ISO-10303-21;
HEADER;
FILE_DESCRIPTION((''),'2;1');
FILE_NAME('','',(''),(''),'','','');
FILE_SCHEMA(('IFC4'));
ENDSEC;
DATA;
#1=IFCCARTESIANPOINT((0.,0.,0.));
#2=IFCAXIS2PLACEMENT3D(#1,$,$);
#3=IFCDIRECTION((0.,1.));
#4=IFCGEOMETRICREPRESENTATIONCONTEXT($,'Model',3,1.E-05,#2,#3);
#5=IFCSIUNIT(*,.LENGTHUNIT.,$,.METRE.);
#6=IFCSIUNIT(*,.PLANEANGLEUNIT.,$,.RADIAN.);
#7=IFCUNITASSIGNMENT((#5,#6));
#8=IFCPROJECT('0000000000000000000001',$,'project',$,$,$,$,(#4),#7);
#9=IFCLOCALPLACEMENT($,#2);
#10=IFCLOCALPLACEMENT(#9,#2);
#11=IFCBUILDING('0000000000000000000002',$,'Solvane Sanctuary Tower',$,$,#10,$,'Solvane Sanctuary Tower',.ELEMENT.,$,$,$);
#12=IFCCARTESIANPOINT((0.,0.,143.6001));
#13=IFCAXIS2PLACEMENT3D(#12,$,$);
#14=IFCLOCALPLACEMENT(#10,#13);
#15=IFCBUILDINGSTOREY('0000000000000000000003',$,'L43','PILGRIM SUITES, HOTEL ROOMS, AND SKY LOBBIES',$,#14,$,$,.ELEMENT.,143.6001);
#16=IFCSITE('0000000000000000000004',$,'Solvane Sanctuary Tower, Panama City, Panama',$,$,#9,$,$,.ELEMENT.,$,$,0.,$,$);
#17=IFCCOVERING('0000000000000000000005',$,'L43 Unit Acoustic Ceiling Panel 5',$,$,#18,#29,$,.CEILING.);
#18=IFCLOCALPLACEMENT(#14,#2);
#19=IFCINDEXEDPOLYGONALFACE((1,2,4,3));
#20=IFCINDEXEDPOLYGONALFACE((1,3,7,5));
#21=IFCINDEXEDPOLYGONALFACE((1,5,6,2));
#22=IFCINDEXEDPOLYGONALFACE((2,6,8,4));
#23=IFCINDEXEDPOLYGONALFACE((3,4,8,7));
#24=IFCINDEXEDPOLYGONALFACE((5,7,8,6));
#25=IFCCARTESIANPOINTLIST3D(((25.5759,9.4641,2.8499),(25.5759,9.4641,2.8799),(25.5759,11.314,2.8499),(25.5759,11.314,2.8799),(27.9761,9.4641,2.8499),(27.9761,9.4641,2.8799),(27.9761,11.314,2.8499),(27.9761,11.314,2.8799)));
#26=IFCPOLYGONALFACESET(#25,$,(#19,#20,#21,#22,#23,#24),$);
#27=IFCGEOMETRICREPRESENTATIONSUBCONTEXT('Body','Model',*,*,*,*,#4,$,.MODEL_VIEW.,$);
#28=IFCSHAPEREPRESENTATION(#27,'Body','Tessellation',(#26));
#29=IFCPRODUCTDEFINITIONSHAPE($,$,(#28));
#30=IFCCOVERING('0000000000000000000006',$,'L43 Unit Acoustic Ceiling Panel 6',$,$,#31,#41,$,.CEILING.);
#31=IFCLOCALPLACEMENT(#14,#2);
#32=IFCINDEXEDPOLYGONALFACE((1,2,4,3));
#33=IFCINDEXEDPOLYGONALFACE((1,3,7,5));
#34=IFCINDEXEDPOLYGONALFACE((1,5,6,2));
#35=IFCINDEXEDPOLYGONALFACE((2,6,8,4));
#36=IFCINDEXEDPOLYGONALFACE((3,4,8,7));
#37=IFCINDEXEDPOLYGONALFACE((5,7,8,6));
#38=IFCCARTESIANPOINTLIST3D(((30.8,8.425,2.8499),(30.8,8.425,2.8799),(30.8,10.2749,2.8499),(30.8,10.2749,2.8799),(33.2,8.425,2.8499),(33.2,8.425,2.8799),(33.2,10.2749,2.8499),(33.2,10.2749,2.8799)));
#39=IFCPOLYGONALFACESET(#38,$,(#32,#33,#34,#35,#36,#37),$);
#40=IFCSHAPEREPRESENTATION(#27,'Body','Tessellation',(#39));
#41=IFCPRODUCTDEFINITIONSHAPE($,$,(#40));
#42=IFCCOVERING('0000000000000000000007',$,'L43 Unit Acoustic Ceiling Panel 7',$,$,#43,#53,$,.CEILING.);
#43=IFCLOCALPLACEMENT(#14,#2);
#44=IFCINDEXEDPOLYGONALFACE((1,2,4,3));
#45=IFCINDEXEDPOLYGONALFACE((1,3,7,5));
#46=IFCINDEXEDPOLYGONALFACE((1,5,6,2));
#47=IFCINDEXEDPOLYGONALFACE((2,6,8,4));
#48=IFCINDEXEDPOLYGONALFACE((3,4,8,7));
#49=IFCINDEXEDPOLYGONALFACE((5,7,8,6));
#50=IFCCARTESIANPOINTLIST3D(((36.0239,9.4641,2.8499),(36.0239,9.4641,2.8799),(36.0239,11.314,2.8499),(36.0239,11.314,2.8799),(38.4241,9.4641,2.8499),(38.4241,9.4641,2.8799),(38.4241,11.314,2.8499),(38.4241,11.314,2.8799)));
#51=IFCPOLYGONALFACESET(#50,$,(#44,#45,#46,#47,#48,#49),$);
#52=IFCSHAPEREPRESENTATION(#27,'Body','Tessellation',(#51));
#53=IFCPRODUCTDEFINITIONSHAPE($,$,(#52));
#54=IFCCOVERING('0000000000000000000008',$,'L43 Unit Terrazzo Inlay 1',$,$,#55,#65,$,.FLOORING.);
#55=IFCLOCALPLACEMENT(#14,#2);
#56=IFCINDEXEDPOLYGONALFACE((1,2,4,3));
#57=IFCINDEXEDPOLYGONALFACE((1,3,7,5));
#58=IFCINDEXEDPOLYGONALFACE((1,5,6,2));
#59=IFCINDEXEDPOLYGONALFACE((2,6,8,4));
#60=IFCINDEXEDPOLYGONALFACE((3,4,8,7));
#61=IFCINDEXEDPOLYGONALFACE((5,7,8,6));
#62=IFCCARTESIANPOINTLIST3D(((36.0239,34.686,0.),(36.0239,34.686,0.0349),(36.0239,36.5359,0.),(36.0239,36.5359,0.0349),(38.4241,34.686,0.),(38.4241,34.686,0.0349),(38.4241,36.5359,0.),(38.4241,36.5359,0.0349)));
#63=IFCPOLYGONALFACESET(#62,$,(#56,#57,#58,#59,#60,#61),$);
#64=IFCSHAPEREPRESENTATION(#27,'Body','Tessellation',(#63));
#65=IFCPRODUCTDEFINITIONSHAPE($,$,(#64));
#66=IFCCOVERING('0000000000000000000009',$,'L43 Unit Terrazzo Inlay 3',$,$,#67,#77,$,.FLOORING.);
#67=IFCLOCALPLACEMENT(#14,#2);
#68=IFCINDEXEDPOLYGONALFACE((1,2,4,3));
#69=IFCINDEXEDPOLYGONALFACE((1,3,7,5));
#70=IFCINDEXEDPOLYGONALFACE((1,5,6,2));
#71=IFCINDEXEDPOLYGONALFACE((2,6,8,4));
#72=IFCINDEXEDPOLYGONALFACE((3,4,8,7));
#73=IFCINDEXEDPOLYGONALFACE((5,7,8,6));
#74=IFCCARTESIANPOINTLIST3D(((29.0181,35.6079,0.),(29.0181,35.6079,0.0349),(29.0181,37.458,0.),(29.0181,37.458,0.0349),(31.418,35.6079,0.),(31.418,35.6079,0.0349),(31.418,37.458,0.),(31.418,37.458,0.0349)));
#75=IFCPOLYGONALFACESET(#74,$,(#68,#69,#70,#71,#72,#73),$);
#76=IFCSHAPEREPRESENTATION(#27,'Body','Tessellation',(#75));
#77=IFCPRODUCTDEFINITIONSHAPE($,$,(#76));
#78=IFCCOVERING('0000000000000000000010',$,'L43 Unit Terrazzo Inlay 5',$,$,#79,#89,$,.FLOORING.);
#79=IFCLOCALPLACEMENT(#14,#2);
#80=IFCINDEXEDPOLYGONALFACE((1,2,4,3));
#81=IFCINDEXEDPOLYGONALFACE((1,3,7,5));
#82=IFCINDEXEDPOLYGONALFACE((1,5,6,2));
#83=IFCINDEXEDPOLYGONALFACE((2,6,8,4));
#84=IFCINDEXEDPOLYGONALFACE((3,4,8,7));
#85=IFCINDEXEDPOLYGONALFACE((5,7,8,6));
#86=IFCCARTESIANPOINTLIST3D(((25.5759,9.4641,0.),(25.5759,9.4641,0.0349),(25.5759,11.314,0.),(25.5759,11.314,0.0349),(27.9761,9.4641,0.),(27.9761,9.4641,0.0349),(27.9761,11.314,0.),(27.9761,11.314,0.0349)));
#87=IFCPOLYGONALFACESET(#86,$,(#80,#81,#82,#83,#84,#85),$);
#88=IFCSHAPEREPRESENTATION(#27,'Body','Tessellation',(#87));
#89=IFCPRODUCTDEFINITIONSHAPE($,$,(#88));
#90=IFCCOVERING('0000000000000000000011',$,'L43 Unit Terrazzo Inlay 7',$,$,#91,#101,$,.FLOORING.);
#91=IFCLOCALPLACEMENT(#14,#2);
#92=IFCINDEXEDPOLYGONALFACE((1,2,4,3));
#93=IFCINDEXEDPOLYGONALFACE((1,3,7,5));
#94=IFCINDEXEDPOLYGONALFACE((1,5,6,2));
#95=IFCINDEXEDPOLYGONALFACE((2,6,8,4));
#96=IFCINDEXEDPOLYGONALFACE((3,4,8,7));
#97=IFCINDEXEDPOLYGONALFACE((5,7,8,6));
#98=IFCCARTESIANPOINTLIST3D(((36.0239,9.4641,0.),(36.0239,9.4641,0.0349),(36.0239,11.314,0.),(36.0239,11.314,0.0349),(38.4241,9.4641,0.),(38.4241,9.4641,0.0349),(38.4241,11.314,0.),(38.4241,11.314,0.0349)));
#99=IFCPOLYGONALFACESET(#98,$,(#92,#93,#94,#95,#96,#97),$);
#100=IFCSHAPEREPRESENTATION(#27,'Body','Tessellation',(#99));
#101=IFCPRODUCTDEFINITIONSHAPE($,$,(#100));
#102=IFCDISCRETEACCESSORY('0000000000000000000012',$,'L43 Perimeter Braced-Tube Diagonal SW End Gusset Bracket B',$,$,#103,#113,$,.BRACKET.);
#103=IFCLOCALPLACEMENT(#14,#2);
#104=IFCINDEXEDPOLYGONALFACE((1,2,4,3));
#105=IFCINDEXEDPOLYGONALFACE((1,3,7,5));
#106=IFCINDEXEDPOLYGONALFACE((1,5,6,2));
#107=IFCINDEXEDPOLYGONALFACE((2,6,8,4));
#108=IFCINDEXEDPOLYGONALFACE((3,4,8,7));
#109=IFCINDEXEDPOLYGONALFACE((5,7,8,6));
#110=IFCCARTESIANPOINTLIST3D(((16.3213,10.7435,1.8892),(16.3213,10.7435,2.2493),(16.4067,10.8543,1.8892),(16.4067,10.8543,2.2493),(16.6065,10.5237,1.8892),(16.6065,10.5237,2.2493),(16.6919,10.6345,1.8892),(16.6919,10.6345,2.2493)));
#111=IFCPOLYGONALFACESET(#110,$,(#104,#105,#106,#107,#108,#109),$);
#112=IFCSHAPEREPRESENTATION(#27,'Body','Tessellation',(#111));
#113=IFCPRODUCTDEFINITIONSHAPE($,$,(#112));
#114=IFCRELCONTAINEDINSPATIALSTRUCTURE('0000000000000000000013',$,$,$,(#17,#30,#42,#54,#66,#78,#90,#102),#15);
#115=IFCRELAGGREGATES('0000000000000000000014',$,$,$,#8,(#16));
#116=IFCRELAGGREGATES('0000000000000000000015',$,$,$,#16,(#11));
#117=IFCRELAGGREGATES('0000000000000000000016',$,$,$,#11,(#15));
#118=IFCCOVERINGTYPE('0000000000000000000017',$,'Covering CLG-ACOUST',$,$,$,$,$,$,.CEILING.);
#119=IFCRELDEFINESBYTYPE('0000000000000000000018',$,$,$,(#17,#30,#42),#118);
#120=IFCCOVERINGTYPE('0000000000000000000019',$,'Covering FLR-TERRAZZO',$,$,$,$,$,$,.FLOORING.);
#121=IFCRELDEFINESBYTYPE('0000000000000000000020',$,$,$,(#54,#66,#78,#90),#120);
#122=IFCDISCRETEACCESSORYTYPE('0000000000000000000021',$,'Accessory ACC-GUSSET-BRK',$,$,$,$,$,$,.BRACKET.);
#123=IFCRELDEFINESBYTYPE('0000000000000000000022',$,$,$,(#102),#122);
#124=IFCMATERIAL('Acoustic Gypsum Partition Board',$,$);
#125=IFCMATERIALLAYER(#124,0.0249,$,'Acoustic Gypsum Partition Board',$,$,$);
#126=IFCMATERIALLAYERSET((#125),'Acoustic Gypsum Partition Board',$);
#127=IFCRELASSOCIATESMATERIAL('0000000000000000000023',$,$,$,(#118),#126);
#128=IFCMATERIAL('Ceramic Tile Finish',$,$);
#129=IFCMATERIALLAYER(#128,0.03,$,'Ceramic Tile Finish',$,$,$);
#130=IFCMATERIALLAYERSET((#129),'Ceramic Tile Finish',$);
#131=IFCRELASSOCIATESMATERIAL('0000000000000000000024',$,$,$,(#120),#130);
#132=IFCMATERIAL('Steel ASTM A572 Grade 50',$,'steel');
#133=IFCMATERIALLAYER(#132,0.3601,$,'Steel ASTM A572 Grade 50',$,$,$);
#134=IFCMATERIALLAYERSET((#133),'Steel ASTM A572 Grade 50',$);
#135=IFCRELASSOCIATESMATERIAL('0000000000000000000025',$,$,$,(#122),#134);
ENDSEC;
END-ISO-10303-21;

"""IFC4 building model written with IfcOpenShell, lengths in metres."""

from ifc_helpers import new_model, si_unit, direction, frame, origin, origin_2d, place, context, subcontext, project, spatial, polyline, rectangle, outline, extrude, material, layer, layer_set, type_object, element, save


model = new_model("IFC4")

# Units and contexts
model_context = context("Model", 3, precision=1e-05, world=origin(), true_north=direction((0.0, 1.0)))
body_context = subcontext(model_context, "Body", "Model", "MODEL_VIEW")
ifc_project = project(units=[si_unit("LENGTHUNIT", "METRE"), si_unit("PLANEANGLEUNIT", "RADIAN")], contexts=[model_context])

# Site, building, storey
site_placement = place(None, origin())
site = spatial("IfcSite", under=ifc_project, at=site_placement, Name="Solvane Sanctuary Tower, Panama City, Panama", CompositionType="ELEMENT", RefElevation=0.0)
building_placement = place(site_placement, origin())
building = spatial("IfcBuilding", under=site, at=building_placement, Name="Solvane Sanctuary Tower", LongName="Solvane Sanctuary Tower", CompositionType="ELEMENT")
storey_placement = place(building_placement, frame((0.0, 0.0, 143.6001)))
storey = spatial("IfcBuildingStorey", under=building, at=storey_placement, Name="L43", Description="PILGRIM SUITES, HOTEL ROOMS, AND SKY LOBBIES", CompositionType="ELEMENT", Elevation=143.6001)

# Coverings
ifc_material_1 = material(Name="Acoustic Gypsum Partition Board")
ifc_layer_1 = layer(ifc_material_1, 0.0249, Name="Acoustic Gypsum Partition Board")
ifc_layer_set_1 = layer_set([ifc_layer_1], Name="Acoustic Gypsum Partition Board")
covering_type_1 = type_object("IfcCoveringType", Name="Covering CLG-ACOUST", PredefinedType="CEILING", material=ifc_layer_set_1)
covering_1_placement = place(storey_placement, frame((0.0, 0.0, 2.8499)))
element("IfcCovering", 1, at=covering_1_placement, inside=storey, type_object=covering_type_1, Name="L43 Unit Acoustic Ceiling Panel 5", PredefinedType="CEILING", context=body_context, shape_type="SweptSolid", body=[
    extrude(outline(polyline([(25.5759, 9.4641), (27.9761, 9.4641), (27.9761, 11.314), (25.5759, 11.314), (25.5759, 9.4641)])), origin(), (0.0, 0.0, 1.0), 0.03),
])
covering_2_placement = place(storey_placement, frame((0.0, 0.0, 2.8499)))
element("IfcCovering", 2, at=covering_2_placement, inside=storey, type_object=covering_type_1, Name="L43 Unit Acoustic Ceiling Panel 6", PredefinedType="CEILING", context=body_context, shape_type="SweptSolid", body=[
    extrude(outline(polyline([(30.8, 8.425), (33.2, 8.425), (33.2, 10.2749), (30.8, 10.2749), (30.8, 8.425)])), origin(), (0.0, 0.0, 1.0), 0.03),
])
covering_3_placement = place(storey_placement, frame((0.0, 0.0, 2.8499)))
element("IfcCovering", 3, at=covering_3_placement, inside=storey, type_object=covering_type_1, Name="L43 Unit Acoustic Ceiling Panel 7", PredefinedType="CEILING", context=body_context, shape_type="SweptSolid", body=[
    extrude(outline(polyline([(36.0239, 9.4641), (38.4241, 9.4641), (38.4241, 11.314), (36.0239, 11.314), (36.0239, 9.4641)])), origin(), (0.0, 0.0, 1.0), 0.03),
])
ifc_material_2 = material(Name="Ceramic Tile Finish")
ifc_layer_2 = layer(ifc_material_2, 0.03, Name="Ceramic Tile Finish")
ifc_layer_set_2 = layer_set([ifc_layer_2], Name="Ceramic Tile Finish")
covering_type_2 = type_object("IfcCoveringType", Name="Covering FLR-TERRAZZO", PredefinedType="FLOORING", material=ifc_layer_set_2)
covering_4_placement = place(storey_placement, origin())
element("IfcCovering", 4, at=covering_4_placement, inside=storey, type_object=covering_type_2, Name="L43 Unit Terrazzo Inlay 1", PredefinedType="FLOORING", context=body_context, shape_type="SweptSolid", body=[
    extrude(outline(polyline([(36.0239, 34.686), (38.4241, 34.686), (38.4241, 36.5359), (36.0239, 36.5359), (36.0239, 34.686)])), origin(), (0.0, 0.0, 1.0), 0.0349),
])
covering_5_placement = place(storey_placement, origin())
element("IfcCovering", 5, at=covering_5_placement, inside=storey, type_object=covering_type_2, Name="L43 Unit Terrazzo Inlay 3", PredefinedType="FLOORING", context=body_context, shape_type="SweptSolid", body=[
    extrude(outline(polyline([(29.0181, 35.6079), (31.418, 35.6079), (31.418, 37.458), (29.0181, 37.458), (29.0181, 35.6079)])), origin(), (0.0, 0.0, 1.0), 0.0349),
])
covering_6_placement = place(storey_placement, origin())
element("IfcCovering", 6, at=covering_6_placement, inside=storey, type_object=covering_type_2, Name="L43 Unit Terrazzo Inlay 5", PredefinedType="FLOORING", context=body_context, shape_type="SweptSolid", body=[
    extrude(outline(polyline([(25.5759, 9.4641), (27.9761, 9.4641), (27.9761, 11.314), (25.5759, 11.314), (25.5759, 9.4641)])), origin(), (0.0, 0.0, 1.0), 0.0349),
])
covering_7_placement = place(storey_placement, origin())
element("IfcCovering", 7, at=covering_7_placement, inside=storey, type_object=covering_type_2, Name="L43 Unit Terrazzo Inlay 7", PredefinedType="FLOORING", context=body_context, shape_type="SweptSolid", body=[
    extrude(outline(polyline([(36.0239, 9.4641), (38.4241, 9.4641), (38.4241, 11.314), (36.0239, 11.314), (36.0239, 9.4641)])), origin(), (0.0, 0.0, 1.0), 0.0349),
])

# Discrete accessory
ifc_material_3 = material(Name="Steel ASTM A572 Grade 50", Category="steel")
ifc_layer_3 = layer(ifc_material_3, 0.3601, Name="Steel ASTM A572 Grade 50")
ifc_layer_set_3 = layer_set([ifc_layer_3], Name="Steel ASTM A572 Grade 50")
discrete_accessory_type = type_object("IfcDiscreteAccessoryType", Name="Accessory ACC-GUSSET-BRK", PredefinedType="BRACKET", material=ifc_layer_set_3)
discrete_accessory_placement = place(storey_placement, frame((16.5066, 10.689, 1.8892), z_axis=(0.0, 0.0, 1.0), x_axis=(-0.792077, 0.610422, 0.0)))
element("IfcDiscreteAccessory", 8, at=discrete_accessory_placement, inside=storey, type_object=discrete_accessory_type, Name="L43 Perimeter Braced-Tube Diagonal SW End Gusset Bracket B", PredefinedType="BRACKET", context=body_context, shape_type="SweptSolid", body=[
    extrude(rectangle(XDim=0.3601, YDim=0.1399, at=origin_2d()), origin(), (0.0, 0.0, 1.0), 0.3601),
])

save(model, "model.ifc")
